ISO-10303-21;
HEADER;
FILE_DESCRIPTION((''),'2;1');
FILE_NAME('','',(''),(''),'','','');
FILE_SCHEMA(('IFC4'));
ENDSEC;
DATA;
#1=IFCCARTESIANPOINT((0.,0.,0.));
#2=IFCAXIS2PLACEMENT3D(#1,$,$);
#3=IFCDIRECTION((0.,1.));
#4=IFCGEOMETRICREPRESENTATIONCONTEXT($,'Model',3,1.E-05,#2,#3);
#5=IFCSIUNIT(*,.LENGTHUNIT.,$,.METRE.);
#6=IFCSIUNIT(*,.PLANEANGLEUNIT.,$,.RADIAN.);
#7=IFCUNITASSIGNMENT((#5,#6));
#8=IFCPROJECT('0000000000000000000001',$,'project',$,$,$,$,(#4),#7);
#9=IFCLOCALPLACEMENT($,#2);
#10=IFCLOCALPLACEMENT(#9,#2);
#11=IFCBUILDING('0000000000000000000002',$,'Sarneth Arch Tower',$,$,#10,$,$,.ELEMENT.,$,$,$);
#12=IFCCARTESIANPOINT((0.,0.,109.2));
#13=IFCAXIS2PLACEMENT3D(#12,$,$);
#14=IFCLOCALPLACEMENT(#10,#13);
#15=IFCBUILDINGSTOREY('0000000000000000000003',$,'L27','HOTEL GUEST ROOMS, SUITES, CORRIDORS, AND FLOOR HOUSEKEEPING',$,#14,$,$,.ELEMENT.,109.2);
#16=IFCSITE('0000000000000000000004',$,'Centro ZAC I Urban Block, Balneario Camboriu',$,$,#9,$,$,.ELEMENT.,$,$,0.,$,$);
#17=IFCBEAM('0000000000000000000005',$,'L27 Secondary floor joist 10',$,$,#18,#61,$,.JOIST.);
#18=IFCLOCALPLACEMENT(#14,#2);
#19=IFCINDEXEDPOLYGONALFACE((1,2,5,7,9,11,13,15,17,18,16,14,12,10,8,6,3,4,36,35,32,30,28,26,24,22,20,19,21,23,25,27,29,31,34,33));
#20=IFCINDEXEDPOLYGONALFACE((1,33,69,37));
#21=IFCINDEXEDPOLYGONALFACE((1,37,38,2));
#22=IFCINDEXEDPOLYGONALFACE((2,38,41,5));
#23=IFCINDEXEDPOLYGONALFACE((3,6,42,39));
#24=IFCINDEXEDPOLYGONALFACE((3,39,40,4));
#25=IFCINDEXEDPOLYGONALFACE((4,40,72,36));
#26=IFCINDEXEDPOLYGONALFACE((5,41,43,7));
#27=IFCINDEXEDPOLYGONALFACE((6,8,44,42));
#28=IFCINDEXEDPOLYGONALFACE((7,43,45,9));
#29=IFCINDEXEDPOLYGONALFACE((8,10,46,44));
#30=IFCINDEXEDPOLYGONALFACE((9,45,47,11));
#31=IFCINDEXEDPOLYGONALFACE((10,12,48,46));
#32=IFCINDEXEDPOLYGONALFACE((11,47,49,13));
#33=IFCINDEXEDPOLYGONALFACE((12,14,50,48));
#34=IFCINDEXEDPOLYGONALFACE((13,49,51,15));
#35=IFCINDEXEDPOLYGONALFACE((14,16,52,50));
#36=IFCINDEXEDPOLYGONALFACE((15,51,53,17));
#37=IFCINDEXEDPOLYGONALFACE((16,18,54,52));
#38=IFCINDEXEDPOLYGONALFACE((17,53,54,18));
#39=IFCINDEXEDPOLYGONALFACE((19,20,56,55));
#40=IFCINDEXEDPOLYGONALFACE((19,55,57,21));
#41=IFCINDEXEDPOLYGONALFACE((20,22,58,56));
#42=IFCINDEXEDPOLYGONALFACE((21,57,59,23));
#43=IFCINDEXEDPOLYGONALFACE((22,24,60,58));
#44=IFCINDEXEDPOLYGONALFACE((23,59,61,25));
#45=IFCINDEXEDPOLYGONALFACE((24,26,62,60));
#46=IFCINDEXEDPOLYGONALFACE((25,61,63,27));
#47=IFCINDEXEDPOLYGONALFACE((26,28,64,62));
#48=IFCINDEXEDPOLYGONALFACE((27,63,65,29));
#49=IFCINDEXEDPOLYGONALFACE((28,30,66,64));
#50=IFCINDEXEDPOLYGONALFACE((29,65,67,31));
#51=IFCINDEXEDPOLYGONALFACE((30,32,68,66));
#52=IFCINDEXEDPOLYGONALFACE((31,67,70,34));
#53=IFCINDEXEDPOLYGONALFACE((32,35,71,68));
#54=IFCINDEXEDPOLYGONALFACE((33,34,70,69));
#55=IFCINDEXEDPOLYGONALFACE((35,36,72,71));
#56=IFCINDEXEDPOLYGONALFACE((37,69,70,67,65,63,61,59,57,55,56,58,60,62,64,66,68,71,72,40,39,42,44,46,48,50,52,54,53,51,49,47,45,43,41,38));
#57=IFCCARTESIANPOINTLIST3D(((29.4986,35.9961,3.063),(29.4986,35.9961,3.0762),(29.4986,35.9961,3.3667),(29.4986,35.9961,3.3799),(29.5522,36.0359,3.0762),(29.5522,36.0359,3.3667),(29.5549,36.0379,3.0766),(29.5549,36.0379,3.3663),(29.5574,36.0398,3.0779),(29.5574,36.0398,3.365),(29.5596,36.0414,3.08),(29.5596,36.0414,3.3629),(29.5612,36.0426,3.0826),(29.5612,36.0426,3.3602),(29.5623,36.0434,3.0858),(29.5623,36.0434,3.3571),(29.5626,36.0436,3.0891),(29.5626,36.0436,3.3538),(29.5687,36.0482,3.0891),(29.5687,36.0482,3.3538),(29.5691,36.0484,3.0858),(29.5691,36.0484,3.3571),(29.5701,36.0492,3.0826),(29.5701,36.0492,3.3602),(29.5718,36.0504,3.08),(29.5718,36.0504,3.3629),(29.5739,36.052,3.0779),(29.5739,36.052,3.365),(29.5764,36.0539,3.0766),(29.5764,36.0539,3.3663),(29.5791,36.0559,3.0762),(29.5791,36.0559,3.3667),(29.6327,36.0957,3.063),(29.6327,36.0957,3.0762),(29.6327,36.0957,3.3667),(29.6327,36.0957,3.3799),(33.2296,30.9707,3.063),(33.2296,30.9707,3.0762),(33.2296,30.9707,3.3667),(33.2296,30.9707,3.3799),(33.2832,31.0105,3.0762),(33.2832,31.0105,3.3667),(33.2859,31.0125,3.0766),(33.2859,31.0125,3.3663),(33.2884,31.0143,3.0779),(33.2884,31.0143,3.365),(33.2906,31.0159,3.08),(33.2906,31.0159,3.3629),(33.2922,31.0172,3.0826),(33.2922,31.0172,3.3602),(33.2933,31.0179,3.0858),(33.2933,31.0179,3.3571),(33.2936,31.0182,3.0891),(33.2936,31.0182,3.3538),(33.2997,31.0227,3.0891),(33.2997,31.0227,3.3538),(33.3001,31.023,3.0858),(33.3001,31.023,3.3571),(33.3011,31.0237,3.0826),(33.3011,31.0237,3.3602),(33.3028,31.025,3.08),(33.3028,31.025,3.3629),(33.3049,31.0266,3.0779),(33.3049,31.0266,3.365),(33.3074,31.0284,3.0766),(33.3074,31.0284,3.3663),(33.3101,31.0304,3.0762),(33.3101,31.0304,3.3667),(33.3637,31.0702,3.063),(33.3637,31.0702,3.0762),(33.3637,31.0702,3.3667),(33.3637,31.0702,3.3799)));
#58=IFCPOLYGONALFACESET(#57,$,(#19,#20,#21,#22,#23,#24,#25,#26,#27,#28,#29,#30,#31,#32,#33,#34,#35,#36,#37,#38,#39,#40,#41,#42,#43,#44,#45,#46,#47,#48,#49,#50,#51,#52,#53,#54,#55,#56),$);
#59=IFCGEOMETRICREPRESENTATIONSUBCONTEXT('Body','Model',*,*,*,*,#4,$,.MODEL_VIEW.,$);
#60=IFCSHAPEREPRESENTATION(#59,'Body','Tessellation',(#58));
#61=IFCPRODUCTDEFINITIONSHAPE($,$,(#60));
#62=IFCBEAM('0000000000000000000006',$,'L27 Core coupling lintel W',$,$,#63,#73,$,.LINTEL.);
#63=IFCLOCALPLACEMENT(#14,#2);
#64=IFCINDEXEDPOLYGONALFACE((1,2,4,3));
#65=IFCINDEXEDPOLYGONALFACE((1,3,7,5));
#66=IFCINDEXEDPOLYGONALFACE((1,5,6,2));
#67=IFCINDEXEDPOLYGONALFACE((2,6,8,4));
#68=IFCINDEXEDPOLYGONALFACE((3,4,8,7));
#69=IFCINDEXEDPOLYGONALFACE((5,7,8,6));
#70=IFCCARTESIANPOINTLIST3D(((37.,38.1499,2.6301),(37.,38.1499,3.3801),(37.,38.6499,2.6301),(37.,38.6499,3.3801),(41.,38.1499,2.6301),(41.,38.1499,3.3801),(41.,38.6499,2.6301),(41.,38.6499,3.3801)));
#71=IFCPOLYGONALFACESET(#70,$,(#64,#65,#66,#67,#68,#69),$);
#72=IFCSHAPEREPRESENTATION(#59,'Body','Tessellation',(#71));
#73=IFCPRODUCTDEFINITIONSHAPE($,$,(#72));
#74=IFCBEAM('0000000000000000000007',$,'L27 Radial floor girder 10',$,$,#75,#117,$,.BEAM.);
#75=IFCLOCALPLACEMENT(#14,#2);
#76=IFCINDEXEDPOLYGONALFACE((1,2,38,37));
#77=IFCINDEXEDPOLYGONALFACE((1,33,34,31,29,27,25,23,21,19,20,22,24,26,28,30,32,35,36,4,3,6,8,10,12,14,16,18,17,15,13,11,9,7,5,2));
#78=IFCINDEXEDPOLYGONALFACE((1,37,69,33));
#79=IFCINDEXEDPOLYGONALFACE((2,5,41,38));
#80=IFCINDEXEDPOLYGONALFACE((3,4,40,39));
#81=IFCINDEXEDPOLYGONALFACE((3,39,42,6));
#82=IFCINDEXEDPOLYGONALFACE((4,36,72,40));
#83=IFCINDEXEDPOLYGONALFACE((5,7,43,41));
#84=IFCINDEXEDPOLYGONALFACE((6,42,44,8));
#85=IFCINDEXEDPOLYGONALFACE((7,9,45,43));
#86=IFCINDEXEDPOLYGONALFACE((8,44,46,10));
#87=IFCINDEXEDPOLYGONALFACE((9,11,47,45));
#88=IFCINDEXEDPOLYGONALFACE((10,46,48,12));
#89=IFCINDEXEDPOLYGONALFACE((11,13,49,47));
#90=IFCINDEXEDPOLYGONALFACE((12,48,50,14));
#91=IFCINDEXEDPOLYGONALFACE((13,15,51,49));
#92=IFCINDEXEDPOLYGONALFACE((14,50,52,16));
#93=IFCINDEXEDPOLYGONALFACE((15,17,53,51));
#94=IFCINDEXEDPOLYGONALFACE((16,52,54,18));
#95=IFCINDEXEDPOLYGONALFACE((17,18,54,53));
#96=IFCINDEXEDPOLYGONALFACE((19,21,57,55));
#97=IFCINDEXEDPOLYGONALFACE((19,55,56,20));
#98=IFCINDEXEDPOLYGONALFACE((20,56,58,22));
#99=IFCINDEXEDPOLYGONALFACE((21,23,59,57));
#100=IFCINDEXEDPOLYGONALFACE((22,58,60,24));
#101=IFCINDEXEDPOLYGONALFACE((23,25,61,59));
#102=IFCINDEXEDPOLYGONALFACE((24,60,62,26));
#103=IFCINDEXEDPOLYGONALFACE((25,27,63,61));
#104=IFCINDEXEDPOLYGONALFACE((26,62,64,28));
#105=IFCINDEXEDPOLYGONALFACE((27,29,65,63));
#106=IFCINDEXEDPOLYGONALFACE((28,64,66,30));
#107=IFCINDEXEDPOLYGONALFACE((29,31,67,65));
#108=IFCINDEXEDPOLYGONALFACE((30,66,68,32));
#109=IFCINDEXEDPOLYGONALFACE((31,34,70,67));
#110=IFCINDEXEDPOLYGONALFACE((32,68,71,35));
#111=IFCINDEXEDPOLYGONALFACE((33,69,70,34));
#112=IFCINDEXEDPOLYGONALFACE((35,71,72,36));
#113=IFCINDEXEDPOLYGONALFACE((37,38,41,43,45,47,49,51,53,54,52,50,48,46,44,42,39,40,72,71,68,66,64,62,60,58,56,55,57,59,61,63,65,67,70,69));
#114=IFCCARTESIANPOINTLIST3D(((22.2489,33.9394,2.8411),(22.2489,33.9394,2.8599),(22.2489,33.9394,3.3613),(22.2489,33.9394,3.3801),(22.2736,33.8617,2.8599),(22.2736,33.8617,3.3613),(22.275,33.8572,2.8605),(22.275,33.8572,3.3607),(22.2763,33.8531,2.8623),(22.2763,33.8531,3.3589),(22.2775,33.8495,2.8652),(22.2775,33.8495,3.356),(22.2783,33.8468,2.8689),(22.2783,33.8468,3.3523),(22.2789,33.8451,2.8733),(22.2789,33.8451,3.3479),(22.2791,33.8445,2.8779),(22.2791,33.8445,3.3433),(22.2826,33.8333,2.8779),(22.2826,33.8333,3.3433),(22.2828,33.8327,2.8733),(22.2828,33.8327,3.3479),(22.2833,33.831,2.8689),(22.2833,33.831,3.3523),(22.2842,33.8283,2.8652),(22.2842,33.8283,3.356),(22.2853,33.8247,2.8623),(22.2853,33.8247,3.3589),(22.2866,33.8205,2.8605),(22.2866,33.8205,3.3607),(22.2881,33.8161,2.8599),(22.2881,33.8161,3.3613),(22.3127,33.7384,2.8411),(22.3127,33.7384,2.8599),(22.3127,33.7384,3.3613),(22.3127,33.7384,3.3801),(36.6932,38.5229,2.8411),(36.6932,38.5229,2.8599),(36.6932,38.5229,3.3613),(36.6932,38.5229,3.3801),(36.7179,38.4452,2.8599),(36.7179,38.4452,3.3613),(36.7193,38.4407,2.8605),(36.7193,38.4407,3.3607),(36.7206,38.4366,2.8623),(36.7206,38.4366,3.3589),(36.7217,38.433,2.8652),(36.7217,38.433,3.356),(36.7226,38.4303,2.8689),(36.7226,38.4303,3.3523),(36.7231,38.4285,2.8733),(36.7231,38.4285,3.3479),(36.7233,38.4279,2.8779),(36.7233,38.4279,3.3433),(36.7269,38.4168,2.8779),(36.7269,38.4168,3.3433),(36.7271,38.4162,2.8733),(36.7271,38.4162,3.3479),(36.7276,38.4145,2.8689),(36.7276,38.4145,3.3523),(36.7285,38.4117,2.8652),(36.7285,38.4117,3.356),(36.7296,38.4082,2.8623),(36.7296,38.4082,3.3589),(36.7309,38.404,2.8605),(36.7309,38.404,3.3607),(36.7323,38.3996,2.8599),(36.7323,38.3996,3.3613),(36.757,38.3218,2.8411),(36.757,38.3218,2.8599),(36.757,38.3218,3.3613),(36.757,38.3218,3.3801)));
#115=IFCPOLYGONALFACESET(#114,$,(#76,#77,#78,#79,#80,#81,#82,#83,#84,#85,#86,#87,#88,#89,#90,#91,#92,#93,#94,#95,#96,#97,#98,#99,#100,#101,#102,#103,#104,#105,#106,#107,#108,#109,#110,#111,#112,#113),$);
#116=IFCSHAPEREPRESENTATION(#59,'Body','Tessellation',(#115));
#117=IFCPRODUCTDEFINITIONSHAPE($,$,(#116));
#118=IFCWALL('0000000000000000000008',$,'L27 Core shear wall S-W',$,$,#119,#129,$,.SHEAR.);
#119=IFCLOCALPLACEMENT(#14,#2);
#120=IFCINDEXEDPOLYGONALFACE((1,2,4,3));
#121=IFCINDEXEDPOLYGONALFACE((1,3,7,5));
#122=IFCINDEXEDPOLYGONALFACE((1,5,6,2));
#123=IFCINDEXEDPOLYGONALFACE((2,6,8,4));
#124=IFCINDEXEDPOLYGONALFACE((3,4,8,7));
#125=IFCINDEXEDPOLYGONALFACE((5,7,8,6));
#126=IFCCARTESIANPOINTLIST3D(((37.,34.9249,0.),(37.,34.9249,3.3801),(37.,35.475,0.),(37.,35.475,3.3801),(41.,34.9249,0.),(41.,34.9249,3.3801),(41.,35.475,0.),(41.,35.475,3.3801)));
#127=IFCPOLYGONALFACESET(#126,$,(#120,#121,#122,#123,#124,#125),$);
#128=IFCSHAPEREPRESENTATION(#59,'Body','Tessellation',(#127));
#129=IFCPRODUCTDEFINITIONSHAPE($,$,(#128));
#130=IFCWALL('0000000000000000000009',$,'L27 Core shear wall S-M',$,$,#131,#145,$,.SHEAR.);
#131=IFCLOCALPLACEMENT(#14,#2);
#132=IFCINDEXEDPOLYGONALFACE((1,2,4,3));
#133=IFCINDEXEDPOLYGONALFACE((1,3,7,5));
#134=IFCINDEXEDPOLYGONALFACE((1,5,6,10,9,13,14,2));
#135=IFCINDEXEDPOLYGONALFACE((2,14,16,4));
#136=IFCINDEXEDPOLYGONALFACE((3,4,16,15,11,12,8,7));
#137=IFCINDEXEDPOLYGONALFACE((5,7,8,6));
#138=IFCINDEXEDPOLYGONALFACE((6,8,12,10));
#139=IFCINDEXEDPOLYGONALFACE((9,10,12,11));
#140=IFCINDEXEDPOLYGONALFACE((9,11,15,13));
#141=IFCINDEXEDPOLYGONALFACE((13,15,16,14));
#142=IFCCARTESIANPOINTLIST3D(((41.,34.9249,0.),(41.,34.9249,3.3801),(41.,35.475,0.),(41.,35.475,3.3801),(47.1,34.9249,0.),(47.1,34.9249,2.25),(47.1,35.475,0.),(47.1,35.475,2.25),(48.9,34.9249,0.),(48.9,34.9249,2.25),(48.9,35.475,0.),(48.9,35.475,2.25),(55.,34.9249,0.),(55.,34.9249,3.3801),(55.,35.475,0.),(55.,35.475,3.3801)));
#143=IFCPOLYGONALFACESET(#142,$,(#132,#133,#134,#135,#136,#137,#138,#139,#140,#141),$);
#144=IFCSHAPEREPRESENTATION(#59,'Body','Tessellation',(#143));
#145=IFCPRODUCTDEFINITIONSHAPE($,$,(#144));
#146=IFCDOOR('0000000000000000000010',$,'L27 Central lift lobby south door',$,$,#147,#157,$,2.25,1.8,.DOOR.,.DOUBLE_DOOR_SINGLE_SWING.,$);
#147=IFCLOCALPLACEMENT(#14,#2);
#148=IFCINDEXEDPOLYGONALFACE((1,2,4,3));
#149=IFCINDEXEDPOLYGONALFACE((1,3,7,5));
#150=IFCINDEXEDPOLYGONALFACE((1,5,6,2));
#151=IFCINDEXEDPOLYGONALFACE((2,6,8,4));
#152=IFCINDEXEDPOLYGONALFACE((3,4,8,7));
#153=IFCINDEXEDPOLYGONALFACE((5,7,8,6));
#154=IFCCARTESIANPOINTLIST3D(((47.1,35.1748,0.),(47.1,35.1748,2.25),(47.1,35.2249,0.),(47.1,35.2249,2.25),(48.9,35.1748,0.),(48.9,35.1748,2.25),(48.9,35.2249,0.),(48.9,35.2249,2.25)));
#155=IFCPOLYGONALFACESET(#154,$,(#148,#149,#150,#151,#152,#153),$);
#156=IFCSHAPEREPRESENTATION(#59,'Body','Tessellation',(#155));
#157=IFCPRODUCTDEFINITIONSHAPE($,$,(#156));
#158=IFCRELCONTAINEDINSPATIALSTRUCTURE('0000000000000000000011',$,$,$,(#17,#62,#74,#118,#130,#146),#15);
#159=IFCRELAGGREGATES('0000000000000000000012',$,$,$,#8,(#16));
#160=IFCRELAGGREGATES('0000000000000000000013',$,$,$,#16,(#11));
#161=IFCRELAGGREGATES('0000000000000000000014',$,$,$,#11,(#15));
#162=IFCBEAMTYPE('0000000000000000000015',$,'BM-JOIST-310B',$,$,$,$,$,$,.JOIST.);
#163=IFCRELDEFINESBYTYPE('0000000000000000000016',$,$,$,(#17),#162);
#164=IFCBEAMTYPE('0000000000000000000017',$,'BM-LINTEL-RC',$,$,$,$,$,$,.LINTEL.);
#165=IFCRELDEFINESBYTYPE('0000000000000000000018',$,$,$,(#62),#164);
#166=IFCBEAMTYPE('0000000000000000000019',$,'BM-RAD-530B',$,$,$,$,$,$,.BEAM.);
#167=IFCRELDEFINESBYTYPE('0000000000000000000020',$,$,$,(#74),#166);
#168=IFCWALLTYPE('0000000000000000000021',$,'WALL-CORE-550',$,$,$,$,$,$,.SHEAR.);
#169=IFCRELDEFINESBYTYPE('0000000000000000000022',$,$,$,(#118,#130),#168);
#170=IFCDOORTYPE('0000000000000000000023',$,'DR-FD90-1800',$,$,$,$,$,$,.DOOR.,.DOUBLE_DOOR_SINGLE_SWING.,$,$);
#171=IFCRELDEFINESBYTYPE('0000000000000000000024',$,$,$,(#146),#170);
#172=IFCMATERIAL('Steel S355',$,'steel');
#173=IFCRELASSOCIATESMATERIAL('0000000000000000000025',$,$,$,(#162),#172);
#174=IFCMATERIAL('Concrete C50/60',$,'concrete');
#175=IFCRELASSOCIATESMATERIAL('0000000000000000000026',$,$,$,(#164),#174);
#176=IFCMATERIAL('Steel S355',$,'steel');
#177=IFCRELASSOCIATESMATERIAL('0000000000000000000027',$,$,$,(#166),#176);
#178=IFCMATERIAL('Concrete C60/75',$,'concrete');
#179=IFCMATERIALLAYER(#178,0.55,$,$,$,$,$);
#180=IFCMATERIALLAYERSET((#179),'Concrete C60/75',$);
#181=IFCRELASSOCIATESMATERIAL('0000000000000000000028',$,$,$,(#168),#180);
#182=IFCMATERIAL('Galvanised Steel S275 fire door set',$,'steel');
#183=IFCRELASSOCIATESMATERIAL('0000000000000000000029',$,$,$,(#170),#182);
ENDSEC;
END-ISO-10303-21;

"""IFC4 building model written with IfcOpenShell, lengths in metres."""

from ifc_helpers import new_model, si_unit, direction, frame, frame_2d, origin, origin_2d, place, context, subcontext, project, spatial, rectangle, i_section, extrude, material, layer, layer_set, material_profile, profile_set, type_object, element, fill, save


model = new_model("IFC4")

# Units and contexts
model_context = context("Model", 3, precision=1e-05, world=origin(), true_north=direction((0.0, 1.0)))
body_context = subcontext(model_context, "Body", "Model", "MODEL_VIEW")
ifc_project = project(units=[si_unit("LENGTHUNIT", "METRE"), si_unit("PLANEANGLEUNIT", "RADIAN")], contexts=[model_context])

# Site, building, storey
site_placement = place(None, origin())
site = spatial("IfcSite", under=ifc_project, at=site_placement, Name="Centro ZAC I Urban Block, Balneario Camboriu", CompositionType="ELEMENT", RefElevation=0.0)
building_placement = place(site_placement, origin())
building = spatial("IfcBuilding", under=site, at=building_placement, Name="Sarneth Arch Tower", CompositionType="ELEMENT")
storey_placement = place(building_placement, frame((0.0, 0.0, 109.2)))
storey = spatial("IfcBuildingStorey", under=building, at=storey_placement, Name="L27", Description="HOTEL GUEST ROOMS, SUITES, CORRIDORS, AND FLOOR HOUSEKEEPING", CompositionType="ELEMENT", Elevation=109.2)

# Beams
ifc_material_1 = material(Name="Steel S355", Category="steel")
ifc_material_profile_1 = material_profile(ifc_material_1, i_section(OverallWidth=0.167, OverallDepth=0.3169, WebThickness=0.0076, FlangeThickness=0.0132, FilletRadius=0.0129, at=origin_2d()), Name="W310x52")
ifc_profile_set_1 = profile_set([ifc_material_profile_1], Name="Steel S355")
beam_type_1 = type_object("IfcBeamType", Name="BM-JOIST-310B", PredefinedType="JOIST", material=ifc_profile_set_1)
beam_1_placement = place(storey_placement, frame((29.5657, 36.0459, 3.2214), z_axis=(0.596098, -0.802911, 0.0), x_axis=(0.802911, 0.596098, 0.0)))
element("IfcBeam", 1, at=beam_1_placement, inside=storey, type_object=beam_type_1, Name="L27 Secondary floor joist 10", PredefinedType="JOIST", context=body_context, shape_type="SweptSolid", body=[
    extrude(i_section(OverallWidth=0.167, OverallDepth=0.3169, WebThickness=0.0076, FlangeThickness=0.0132, FilletRadius=0.0129, at=origin_2d()), origin(), (0.0, 0.0, 1.0), 6.259),
])
ifc_material_2 = material(Name="Concrete C50/60", Category="concrete")
ifc_material_profile_2 = material_profile(ifc_material_2, rectangle(XDim=0.5, YDim=0.75, at=origin_2d()), Name="RC-500x750")
ifc_profile_set_2 = profile_set([ifc_material_profile_2], Name="Concrete C50/60")
beam_type_2 = type_object("IfcBeamType", Name="BM-LINTEL-RC", PredefinedType="LINTEL", material=ifc_profile_set_2)
beam_2_placement = place(storey_placement, frame((37.0, 38.3999, 3.0051), z_axis=(1.0, 0.0, 0.0), x_axis=(0.0, 1.0, 0.0)))
element("IfcBeam", 2, at=beam_2_placement, inside=storey, type_object=beam_type_2, Name="L27 Core coupling lintel W", PredefinedType="LINTEL", context=body_context, shape_type="SweptSolid", body=[
    extrude(rectangle(XDim=0.5, YDim=0.75, at=origin_2d()), origin(), (0.0, 0.0, 1.0), 4.0),
])
ifc_material_3 = material(Name="Steel S355", Category="steel")
ifc_material_profile_3 = material_profile(ifc_material_3, i_section(OverallWidth=0.2109, OverallDepth=0.5391, WebThickness=0.0117, FlangeThickness=0.0188, FilletRadius=0.0181, at=origin_2d()), Name="W530x109")
ifc_profile_set_3 = profile_set([ifc_material_profile_3], Name="Steel S355")
beam_type_3 = type_object("IfcBeamType", Name="BM-RAD-530B", PredefinedType="BEAM", material=ifc_profile_set_3)
beam_3_placement = place(storey_placement, frame((36.7251, 38.4224, 3.1106), z_axis=(-0.953162, -0.302459, 0.0), x_axis=(0.302459, -0.953162, 0.0)))
element("IfcBeam", 3, at=beam_3_placement, inside=storey, type_object=beam_type_3, Name="L27 Radial floor girder 10", PredefinedType="BEAM", context=body_context, shape_type="SweptSolid", body=[
    extrude(i_section(OverallWidth=0.2109, OverallDepth=0.5391, WebThickness=0.0117, FlangeThickness=0.0188, FilletRadius=0.0181, at=origin_2d()), origin(), (0.0, 0.0, 1.0), 15.1541),
])

# Wall
ifc_material_4 = material(Name="Concrete C60/75", Category="concrete")
ifc_layer_1 = layer(ifc_material_4, 0.55)
ifc_layer_set_1 = layer_set([ifc_layer_1], Name="Concrete C60/75")
wall_type_1 = type_object("IfcWallType", Name="WALL-CORE-550", PredefinedType="SHEAR", material=ifc_layer_set_1)
wall_1_placement = place(storey_placement, frame((37.0, 35.2, 0.0), z_axis=(0.0, 0.0, 1.0), x_axis=(1.0, 0.0, 0.0)))
element("IfcWall", 4, at=wall_1_placement, inside=storey, type_object=wall_type_1, Name="L27 Core shear wall S-W", PredefinedType="SHEAR", context=body_context, shape_type="SweptSolid", body=[
    extrude(rectangle(XDim=4.0, YDim=0.55, at=frame_2d((2.0, 0.0))), origin(), (0.0, 0.0, 1.0), 3.3801),
])

# Wall, opening, door
wall_2_placement = place(storey_placement, frame((41.0, 35.2, 0.0), z_axis=(0.0, 0.0, 1.0), x_axis=(1.0, 0.0, 0.0)))
wall_2 = element("IfcWall", 5, at=wall_2_placement, inside=storey, type_object=wall_type_1, Name="L27 Core shear wall S-M", PredefinedType="SHEAR", context=body_context, shape_type="SweptSolid", body=[
    extrude(rectangle(XDim=14.0, YDim=0.55, at=frame_2d((7.0, 0.0))), origin(), (0.0, 0.0, 1.0), 3.3801),
])
opening_1_placement = place(wall_2_placement, frame((6.1001, 0.0, 0.0)))
opening_1 = element("IfcOpeningElement", 6, at=opening_1_placement, cuts=wall_2, PredefinedType="OPENING", context=body_context, shape_type="SweptSolid", body=[
    extrude(rectangle(XDim=1.8, YDim=2.25, at=frame_2d((0.8999, 1.125))), frame((0.0, 0.2849, 0.0), z_axis=(0.0, -1.0, 0.0), x_axis=(1.0, 0.0, 0.0)), (0.0, 0.0, 1.0), 0.5701),
])
ifc_material_5 = material(Name="Galvanised Steel S275 fire door set", Category="steel")
door_type_1 = type_object("IfcDoorType", Name="DR-FD90-1800", OperationType="DOUBLE_DOOR_SINGLE_SWING", PredefinedType="DOOR", material=ifc_material_5)
door_1_placement = place(opening_1_placement, origin())
door_1 = element("IfcDoor", 7, at=door_1_placement, inside=storey, type_object=door_type_1, Name="L27 Central lift lobby south door", OperationType="DOUBLE_DOOR_SINGLE_SWING", OverallHeight=2.25, OverallWidth=1.8, PredefinedType="DOOR", context=body_context, shape_type="SweptSolid", body=[
    extrude(rectangle(XDim=1.8, YDim=2.25, at=frame_2d((0.8999, 1.125))), frame((0.0, 0.0249, 0.0), z_axis=(0.0, -1.0, 0.0), x_axis=(1.0, 0.0, 0.0)), (0.0, 0.0, 1.0), 0.05),
])
fill(opening_1, door_1)

save(model, "model.ifc")
